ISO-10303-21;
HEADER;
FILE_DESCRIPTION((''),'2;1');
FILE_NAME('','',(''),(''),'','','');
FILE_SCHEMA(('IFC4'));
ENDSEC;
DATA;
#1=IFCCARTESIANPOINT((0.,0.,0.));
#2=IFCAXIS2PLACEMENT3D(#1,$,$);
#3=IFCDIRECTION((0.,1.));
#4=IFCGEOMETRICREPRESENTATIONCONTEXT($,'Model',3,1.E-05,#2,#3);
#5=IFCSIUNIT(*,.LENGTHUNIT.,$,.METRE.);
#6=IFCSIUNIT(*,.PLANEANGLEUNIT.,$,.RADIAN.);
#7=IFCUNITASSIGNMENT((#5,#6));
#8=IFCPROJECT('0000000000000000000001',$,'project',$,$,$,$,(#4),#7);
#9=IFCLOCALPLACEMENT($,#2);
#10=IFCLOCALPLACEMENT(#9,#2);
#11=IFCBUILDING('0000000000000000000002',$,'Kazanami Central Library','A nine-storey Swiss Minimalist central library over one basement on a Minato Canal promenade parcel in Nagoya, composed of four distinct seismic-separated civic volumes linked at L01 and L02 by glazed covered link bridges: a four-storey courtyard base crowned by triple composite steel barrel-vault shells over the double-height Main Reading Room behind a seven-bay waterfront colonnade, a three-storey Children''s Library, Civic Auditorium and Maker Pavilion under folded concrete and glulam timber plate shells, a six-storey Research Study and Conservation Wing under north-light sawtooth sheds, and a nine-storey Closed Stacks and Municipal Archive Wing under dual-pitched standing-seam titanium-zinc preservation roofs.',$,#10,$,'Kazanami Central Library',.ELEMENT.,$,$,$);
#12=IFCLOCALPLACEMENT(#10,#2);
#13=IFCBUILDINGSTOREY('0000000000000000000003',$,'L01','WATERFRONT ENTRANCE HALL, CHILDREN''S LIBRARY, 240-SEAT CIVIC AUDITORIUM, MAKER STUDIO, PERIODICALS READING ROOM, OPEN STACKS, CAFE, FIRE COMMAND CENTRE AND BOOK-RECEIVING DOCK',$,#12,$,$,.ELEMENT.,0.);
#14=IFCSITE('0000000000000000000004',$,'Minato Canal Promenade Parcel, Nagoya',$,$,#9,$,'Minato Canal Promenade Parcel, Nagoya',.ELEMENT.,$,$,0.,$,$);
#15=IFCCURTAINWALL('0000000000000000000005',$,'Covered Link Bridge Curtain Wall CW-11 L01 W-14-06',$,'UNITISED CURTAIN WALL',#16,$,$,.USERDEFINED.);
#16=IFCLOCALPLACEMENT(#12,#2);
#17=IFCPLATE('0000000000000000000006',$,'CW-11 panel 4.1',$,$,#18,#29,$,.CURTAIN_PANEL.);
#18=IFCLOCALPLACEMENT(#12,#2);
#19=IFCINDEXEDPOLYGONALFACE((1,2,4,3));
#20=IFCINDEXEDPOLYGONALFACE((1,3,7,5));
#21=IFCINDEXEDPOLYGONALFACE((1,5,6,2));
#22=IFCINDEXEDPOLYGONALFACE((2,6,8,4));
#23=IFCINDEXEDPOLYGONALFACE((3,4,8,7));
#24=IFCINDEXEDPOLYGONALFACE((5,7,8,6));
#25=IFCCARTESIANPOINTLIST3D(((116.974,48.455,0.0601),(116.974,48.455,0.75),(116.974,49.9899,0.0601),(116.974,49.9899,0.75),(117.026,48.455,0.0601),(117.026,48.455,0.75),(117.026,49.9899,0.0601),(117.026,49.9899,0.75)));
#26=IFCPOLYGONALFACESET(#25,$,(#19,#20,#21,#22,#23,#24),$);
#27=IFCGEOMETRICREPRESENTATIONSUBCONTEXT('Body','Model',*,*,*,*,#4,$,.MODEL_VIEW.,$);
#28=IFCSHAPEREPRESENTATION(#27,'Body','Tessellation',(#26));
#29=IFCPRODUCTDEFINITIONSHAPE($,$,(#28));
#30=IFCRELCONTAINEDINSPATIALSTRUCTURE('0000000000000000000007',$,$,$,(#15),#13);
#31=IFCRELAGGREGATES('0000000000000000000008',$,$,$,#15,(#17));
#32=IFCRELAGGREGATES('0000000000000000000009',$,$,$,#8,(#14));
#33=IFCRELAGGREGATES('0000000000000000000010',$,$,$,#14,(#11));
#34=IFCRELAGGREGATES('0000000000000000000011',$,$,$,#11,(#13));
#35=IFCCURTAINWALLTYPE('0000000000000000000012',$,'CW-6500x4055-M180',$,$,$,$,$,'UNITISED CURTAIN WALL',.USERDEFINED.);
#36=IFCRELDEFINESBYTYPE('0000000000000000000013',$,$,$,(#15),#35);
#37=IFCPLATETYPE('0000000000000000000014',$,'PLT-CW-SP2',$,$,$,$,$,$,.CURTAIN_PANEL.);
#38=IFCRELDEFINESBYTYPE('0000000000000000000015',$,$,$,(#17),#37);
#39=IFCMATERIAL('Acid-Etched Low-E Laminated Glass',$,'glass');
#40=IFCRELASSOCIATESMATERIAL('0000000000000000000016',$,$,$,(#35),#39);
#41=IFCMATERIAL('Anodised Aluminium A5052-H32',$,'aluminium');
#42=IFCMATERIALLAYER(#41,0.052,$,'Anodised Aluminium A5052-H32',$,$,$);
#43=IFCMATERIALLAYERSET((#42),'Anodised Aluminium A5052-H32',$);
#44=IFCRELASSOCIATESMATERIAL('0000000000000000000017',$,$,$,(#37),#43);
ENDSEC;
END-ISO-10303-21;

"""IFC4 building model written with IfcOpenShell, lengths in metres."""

from ifc_helpers import new_model, si_unit, direction, frame, origin, origin_2d, place, context, subcontext, project, spatial, rectangle, extrude, material, layer, layer_set, type_object, element, aggregate, save


model = new_model("IFC4")

# Units and contexts
model_context = context("Model", 3, precision=1e-05, world=origin(), true_north=direction((0.0, 1.0)))
body_context = subcontext(model_context, "Body", "Model", "MODEL_VIEW")
ifc_project = project(units=[si_unit("LENGTHUNIT", "METRE"), si_unit("PLANEANGLEUNIT", "RADIAN")], contexts=[model_context])

# Site, building, storey
site_placement = place(None, origin())
site = spatial("IfcSite", under=ifc_project, at=site_placement, Name="Minato Canal Promenade Parcel, Nagoya", LongName="Minato Canal Promenade Parcel, Nagoya", CompositionType="ELEMENT", RefElevation=0.0)
building_placement = place(site_placement, origin())
building = spatial("IfcBuilding", under=site, at=building_placement, Name="Kazanami Central Library", Description="A nine-storey Swiss Minimalist central library over one basement on a Minato Canal promenade parcel in Nagoya, composed of four distinct seismic-separated civic volumes linked at L01 and L02 by glazed covered link bridges: a four-storey courtyard base crowned by triple composite steel barrel-vault shells over the double-height Main Reading Room behind a seven-bay waterfront colonnade, a three-storey Children's Library, Civic Auditorium and Maker Pavilion under folded concrete and glulam timber plate shells, a six-storey Research Study and Conservation Wing under north-light sawtooth sheds, and a nine-storey Closed Stacks and Municipal Archive Wing under dual-pitched standing-seam titanium-zinc preservation roofs.", LongName="Kazanami Central Library", CompositionType="ELEMENT")
storey_placement = place(building_placement, origin())
storey = spatial("IfcBuildingStorey", under=building, at=storey_placement, Name="L01", Description="WATERFRONT ENTRANCE HALL, CHILDREN'S LIBRARY, 240-SEAT CIVIC AUDITORIUM, MAKER STUDIO, PERIODICALS READING ROOM, OPEN STACKS, CAFE, FIRE COMMAND CENTRE AND BOOK-RECEIVING DOCK", CompositionType="ELEMENT", Elevation=0.0)

# Curtain wall
ifc_material_1 = material(Name="Acid-Etched Low-E Laminated Glass", Category="glass")
curtain_wall_type_1 = type_object("IfcCurtainWallType", Name="CW-6500x4055-M180", ElementType="UNITISED CURTAIN WALL", PredefinedType="USERDEFINED", material=ifc_material_1)
curtain_wall_1_placement = place(storey_placement, origin())
curtain_wall_1 = element("IfcCurtainWall", 1, at=curtain_wall_1_placement, inside=storey, type_object=curtain_wall_type_1, Name="Covered Link Bridge Curtain Wall CW-11 L01 W-14-06", ObjectType="UNITISED CURTAIN WALL", PredefinedType="USERDEFINED")

# Plate
ifc_material_2 = material(Name="Anodised Aluminium A5052-H32", Category="aluminium")
ifc_layer_1 = layer(ifc_material_2, 0.052, Name="Anodised Aluminium A5052-H32")
ifc_layer_set_1 = layer_set([ifc_layer_1], Name="Anodised Aluminium A5052-H32")
plate_type_1 = type_object("IfcPlateType", Name="PLT-CW-SP2", PredefinedType="CURTAIN_PANEL", material=ifc_layer_set_1)
plate_1_placement = place(storey_placement, frame((117.0, 49.2224, 0.0601), z_axis=(0.0, 0.0, 1.0), x_axis=(0.0, 1.0, 0.0)))
plate_1 = element("IfcPlate", 2, at=plate_1_placement, type_object=plate_type_1, Name="CW-11 panel 4.1", PredefinedType="CURTAIN_PANEL", context=body_context, shape_type="SweptSolid", body=[
    extrude(rectangle(XDim=1.5349, YDim=0.052, at=origin_2d()), origin(), (0.0, 0.0, 1.0), 0.6899),
])
aggregate(curtain_wall_1, [plate_1])

save(model, "model.ifc")
